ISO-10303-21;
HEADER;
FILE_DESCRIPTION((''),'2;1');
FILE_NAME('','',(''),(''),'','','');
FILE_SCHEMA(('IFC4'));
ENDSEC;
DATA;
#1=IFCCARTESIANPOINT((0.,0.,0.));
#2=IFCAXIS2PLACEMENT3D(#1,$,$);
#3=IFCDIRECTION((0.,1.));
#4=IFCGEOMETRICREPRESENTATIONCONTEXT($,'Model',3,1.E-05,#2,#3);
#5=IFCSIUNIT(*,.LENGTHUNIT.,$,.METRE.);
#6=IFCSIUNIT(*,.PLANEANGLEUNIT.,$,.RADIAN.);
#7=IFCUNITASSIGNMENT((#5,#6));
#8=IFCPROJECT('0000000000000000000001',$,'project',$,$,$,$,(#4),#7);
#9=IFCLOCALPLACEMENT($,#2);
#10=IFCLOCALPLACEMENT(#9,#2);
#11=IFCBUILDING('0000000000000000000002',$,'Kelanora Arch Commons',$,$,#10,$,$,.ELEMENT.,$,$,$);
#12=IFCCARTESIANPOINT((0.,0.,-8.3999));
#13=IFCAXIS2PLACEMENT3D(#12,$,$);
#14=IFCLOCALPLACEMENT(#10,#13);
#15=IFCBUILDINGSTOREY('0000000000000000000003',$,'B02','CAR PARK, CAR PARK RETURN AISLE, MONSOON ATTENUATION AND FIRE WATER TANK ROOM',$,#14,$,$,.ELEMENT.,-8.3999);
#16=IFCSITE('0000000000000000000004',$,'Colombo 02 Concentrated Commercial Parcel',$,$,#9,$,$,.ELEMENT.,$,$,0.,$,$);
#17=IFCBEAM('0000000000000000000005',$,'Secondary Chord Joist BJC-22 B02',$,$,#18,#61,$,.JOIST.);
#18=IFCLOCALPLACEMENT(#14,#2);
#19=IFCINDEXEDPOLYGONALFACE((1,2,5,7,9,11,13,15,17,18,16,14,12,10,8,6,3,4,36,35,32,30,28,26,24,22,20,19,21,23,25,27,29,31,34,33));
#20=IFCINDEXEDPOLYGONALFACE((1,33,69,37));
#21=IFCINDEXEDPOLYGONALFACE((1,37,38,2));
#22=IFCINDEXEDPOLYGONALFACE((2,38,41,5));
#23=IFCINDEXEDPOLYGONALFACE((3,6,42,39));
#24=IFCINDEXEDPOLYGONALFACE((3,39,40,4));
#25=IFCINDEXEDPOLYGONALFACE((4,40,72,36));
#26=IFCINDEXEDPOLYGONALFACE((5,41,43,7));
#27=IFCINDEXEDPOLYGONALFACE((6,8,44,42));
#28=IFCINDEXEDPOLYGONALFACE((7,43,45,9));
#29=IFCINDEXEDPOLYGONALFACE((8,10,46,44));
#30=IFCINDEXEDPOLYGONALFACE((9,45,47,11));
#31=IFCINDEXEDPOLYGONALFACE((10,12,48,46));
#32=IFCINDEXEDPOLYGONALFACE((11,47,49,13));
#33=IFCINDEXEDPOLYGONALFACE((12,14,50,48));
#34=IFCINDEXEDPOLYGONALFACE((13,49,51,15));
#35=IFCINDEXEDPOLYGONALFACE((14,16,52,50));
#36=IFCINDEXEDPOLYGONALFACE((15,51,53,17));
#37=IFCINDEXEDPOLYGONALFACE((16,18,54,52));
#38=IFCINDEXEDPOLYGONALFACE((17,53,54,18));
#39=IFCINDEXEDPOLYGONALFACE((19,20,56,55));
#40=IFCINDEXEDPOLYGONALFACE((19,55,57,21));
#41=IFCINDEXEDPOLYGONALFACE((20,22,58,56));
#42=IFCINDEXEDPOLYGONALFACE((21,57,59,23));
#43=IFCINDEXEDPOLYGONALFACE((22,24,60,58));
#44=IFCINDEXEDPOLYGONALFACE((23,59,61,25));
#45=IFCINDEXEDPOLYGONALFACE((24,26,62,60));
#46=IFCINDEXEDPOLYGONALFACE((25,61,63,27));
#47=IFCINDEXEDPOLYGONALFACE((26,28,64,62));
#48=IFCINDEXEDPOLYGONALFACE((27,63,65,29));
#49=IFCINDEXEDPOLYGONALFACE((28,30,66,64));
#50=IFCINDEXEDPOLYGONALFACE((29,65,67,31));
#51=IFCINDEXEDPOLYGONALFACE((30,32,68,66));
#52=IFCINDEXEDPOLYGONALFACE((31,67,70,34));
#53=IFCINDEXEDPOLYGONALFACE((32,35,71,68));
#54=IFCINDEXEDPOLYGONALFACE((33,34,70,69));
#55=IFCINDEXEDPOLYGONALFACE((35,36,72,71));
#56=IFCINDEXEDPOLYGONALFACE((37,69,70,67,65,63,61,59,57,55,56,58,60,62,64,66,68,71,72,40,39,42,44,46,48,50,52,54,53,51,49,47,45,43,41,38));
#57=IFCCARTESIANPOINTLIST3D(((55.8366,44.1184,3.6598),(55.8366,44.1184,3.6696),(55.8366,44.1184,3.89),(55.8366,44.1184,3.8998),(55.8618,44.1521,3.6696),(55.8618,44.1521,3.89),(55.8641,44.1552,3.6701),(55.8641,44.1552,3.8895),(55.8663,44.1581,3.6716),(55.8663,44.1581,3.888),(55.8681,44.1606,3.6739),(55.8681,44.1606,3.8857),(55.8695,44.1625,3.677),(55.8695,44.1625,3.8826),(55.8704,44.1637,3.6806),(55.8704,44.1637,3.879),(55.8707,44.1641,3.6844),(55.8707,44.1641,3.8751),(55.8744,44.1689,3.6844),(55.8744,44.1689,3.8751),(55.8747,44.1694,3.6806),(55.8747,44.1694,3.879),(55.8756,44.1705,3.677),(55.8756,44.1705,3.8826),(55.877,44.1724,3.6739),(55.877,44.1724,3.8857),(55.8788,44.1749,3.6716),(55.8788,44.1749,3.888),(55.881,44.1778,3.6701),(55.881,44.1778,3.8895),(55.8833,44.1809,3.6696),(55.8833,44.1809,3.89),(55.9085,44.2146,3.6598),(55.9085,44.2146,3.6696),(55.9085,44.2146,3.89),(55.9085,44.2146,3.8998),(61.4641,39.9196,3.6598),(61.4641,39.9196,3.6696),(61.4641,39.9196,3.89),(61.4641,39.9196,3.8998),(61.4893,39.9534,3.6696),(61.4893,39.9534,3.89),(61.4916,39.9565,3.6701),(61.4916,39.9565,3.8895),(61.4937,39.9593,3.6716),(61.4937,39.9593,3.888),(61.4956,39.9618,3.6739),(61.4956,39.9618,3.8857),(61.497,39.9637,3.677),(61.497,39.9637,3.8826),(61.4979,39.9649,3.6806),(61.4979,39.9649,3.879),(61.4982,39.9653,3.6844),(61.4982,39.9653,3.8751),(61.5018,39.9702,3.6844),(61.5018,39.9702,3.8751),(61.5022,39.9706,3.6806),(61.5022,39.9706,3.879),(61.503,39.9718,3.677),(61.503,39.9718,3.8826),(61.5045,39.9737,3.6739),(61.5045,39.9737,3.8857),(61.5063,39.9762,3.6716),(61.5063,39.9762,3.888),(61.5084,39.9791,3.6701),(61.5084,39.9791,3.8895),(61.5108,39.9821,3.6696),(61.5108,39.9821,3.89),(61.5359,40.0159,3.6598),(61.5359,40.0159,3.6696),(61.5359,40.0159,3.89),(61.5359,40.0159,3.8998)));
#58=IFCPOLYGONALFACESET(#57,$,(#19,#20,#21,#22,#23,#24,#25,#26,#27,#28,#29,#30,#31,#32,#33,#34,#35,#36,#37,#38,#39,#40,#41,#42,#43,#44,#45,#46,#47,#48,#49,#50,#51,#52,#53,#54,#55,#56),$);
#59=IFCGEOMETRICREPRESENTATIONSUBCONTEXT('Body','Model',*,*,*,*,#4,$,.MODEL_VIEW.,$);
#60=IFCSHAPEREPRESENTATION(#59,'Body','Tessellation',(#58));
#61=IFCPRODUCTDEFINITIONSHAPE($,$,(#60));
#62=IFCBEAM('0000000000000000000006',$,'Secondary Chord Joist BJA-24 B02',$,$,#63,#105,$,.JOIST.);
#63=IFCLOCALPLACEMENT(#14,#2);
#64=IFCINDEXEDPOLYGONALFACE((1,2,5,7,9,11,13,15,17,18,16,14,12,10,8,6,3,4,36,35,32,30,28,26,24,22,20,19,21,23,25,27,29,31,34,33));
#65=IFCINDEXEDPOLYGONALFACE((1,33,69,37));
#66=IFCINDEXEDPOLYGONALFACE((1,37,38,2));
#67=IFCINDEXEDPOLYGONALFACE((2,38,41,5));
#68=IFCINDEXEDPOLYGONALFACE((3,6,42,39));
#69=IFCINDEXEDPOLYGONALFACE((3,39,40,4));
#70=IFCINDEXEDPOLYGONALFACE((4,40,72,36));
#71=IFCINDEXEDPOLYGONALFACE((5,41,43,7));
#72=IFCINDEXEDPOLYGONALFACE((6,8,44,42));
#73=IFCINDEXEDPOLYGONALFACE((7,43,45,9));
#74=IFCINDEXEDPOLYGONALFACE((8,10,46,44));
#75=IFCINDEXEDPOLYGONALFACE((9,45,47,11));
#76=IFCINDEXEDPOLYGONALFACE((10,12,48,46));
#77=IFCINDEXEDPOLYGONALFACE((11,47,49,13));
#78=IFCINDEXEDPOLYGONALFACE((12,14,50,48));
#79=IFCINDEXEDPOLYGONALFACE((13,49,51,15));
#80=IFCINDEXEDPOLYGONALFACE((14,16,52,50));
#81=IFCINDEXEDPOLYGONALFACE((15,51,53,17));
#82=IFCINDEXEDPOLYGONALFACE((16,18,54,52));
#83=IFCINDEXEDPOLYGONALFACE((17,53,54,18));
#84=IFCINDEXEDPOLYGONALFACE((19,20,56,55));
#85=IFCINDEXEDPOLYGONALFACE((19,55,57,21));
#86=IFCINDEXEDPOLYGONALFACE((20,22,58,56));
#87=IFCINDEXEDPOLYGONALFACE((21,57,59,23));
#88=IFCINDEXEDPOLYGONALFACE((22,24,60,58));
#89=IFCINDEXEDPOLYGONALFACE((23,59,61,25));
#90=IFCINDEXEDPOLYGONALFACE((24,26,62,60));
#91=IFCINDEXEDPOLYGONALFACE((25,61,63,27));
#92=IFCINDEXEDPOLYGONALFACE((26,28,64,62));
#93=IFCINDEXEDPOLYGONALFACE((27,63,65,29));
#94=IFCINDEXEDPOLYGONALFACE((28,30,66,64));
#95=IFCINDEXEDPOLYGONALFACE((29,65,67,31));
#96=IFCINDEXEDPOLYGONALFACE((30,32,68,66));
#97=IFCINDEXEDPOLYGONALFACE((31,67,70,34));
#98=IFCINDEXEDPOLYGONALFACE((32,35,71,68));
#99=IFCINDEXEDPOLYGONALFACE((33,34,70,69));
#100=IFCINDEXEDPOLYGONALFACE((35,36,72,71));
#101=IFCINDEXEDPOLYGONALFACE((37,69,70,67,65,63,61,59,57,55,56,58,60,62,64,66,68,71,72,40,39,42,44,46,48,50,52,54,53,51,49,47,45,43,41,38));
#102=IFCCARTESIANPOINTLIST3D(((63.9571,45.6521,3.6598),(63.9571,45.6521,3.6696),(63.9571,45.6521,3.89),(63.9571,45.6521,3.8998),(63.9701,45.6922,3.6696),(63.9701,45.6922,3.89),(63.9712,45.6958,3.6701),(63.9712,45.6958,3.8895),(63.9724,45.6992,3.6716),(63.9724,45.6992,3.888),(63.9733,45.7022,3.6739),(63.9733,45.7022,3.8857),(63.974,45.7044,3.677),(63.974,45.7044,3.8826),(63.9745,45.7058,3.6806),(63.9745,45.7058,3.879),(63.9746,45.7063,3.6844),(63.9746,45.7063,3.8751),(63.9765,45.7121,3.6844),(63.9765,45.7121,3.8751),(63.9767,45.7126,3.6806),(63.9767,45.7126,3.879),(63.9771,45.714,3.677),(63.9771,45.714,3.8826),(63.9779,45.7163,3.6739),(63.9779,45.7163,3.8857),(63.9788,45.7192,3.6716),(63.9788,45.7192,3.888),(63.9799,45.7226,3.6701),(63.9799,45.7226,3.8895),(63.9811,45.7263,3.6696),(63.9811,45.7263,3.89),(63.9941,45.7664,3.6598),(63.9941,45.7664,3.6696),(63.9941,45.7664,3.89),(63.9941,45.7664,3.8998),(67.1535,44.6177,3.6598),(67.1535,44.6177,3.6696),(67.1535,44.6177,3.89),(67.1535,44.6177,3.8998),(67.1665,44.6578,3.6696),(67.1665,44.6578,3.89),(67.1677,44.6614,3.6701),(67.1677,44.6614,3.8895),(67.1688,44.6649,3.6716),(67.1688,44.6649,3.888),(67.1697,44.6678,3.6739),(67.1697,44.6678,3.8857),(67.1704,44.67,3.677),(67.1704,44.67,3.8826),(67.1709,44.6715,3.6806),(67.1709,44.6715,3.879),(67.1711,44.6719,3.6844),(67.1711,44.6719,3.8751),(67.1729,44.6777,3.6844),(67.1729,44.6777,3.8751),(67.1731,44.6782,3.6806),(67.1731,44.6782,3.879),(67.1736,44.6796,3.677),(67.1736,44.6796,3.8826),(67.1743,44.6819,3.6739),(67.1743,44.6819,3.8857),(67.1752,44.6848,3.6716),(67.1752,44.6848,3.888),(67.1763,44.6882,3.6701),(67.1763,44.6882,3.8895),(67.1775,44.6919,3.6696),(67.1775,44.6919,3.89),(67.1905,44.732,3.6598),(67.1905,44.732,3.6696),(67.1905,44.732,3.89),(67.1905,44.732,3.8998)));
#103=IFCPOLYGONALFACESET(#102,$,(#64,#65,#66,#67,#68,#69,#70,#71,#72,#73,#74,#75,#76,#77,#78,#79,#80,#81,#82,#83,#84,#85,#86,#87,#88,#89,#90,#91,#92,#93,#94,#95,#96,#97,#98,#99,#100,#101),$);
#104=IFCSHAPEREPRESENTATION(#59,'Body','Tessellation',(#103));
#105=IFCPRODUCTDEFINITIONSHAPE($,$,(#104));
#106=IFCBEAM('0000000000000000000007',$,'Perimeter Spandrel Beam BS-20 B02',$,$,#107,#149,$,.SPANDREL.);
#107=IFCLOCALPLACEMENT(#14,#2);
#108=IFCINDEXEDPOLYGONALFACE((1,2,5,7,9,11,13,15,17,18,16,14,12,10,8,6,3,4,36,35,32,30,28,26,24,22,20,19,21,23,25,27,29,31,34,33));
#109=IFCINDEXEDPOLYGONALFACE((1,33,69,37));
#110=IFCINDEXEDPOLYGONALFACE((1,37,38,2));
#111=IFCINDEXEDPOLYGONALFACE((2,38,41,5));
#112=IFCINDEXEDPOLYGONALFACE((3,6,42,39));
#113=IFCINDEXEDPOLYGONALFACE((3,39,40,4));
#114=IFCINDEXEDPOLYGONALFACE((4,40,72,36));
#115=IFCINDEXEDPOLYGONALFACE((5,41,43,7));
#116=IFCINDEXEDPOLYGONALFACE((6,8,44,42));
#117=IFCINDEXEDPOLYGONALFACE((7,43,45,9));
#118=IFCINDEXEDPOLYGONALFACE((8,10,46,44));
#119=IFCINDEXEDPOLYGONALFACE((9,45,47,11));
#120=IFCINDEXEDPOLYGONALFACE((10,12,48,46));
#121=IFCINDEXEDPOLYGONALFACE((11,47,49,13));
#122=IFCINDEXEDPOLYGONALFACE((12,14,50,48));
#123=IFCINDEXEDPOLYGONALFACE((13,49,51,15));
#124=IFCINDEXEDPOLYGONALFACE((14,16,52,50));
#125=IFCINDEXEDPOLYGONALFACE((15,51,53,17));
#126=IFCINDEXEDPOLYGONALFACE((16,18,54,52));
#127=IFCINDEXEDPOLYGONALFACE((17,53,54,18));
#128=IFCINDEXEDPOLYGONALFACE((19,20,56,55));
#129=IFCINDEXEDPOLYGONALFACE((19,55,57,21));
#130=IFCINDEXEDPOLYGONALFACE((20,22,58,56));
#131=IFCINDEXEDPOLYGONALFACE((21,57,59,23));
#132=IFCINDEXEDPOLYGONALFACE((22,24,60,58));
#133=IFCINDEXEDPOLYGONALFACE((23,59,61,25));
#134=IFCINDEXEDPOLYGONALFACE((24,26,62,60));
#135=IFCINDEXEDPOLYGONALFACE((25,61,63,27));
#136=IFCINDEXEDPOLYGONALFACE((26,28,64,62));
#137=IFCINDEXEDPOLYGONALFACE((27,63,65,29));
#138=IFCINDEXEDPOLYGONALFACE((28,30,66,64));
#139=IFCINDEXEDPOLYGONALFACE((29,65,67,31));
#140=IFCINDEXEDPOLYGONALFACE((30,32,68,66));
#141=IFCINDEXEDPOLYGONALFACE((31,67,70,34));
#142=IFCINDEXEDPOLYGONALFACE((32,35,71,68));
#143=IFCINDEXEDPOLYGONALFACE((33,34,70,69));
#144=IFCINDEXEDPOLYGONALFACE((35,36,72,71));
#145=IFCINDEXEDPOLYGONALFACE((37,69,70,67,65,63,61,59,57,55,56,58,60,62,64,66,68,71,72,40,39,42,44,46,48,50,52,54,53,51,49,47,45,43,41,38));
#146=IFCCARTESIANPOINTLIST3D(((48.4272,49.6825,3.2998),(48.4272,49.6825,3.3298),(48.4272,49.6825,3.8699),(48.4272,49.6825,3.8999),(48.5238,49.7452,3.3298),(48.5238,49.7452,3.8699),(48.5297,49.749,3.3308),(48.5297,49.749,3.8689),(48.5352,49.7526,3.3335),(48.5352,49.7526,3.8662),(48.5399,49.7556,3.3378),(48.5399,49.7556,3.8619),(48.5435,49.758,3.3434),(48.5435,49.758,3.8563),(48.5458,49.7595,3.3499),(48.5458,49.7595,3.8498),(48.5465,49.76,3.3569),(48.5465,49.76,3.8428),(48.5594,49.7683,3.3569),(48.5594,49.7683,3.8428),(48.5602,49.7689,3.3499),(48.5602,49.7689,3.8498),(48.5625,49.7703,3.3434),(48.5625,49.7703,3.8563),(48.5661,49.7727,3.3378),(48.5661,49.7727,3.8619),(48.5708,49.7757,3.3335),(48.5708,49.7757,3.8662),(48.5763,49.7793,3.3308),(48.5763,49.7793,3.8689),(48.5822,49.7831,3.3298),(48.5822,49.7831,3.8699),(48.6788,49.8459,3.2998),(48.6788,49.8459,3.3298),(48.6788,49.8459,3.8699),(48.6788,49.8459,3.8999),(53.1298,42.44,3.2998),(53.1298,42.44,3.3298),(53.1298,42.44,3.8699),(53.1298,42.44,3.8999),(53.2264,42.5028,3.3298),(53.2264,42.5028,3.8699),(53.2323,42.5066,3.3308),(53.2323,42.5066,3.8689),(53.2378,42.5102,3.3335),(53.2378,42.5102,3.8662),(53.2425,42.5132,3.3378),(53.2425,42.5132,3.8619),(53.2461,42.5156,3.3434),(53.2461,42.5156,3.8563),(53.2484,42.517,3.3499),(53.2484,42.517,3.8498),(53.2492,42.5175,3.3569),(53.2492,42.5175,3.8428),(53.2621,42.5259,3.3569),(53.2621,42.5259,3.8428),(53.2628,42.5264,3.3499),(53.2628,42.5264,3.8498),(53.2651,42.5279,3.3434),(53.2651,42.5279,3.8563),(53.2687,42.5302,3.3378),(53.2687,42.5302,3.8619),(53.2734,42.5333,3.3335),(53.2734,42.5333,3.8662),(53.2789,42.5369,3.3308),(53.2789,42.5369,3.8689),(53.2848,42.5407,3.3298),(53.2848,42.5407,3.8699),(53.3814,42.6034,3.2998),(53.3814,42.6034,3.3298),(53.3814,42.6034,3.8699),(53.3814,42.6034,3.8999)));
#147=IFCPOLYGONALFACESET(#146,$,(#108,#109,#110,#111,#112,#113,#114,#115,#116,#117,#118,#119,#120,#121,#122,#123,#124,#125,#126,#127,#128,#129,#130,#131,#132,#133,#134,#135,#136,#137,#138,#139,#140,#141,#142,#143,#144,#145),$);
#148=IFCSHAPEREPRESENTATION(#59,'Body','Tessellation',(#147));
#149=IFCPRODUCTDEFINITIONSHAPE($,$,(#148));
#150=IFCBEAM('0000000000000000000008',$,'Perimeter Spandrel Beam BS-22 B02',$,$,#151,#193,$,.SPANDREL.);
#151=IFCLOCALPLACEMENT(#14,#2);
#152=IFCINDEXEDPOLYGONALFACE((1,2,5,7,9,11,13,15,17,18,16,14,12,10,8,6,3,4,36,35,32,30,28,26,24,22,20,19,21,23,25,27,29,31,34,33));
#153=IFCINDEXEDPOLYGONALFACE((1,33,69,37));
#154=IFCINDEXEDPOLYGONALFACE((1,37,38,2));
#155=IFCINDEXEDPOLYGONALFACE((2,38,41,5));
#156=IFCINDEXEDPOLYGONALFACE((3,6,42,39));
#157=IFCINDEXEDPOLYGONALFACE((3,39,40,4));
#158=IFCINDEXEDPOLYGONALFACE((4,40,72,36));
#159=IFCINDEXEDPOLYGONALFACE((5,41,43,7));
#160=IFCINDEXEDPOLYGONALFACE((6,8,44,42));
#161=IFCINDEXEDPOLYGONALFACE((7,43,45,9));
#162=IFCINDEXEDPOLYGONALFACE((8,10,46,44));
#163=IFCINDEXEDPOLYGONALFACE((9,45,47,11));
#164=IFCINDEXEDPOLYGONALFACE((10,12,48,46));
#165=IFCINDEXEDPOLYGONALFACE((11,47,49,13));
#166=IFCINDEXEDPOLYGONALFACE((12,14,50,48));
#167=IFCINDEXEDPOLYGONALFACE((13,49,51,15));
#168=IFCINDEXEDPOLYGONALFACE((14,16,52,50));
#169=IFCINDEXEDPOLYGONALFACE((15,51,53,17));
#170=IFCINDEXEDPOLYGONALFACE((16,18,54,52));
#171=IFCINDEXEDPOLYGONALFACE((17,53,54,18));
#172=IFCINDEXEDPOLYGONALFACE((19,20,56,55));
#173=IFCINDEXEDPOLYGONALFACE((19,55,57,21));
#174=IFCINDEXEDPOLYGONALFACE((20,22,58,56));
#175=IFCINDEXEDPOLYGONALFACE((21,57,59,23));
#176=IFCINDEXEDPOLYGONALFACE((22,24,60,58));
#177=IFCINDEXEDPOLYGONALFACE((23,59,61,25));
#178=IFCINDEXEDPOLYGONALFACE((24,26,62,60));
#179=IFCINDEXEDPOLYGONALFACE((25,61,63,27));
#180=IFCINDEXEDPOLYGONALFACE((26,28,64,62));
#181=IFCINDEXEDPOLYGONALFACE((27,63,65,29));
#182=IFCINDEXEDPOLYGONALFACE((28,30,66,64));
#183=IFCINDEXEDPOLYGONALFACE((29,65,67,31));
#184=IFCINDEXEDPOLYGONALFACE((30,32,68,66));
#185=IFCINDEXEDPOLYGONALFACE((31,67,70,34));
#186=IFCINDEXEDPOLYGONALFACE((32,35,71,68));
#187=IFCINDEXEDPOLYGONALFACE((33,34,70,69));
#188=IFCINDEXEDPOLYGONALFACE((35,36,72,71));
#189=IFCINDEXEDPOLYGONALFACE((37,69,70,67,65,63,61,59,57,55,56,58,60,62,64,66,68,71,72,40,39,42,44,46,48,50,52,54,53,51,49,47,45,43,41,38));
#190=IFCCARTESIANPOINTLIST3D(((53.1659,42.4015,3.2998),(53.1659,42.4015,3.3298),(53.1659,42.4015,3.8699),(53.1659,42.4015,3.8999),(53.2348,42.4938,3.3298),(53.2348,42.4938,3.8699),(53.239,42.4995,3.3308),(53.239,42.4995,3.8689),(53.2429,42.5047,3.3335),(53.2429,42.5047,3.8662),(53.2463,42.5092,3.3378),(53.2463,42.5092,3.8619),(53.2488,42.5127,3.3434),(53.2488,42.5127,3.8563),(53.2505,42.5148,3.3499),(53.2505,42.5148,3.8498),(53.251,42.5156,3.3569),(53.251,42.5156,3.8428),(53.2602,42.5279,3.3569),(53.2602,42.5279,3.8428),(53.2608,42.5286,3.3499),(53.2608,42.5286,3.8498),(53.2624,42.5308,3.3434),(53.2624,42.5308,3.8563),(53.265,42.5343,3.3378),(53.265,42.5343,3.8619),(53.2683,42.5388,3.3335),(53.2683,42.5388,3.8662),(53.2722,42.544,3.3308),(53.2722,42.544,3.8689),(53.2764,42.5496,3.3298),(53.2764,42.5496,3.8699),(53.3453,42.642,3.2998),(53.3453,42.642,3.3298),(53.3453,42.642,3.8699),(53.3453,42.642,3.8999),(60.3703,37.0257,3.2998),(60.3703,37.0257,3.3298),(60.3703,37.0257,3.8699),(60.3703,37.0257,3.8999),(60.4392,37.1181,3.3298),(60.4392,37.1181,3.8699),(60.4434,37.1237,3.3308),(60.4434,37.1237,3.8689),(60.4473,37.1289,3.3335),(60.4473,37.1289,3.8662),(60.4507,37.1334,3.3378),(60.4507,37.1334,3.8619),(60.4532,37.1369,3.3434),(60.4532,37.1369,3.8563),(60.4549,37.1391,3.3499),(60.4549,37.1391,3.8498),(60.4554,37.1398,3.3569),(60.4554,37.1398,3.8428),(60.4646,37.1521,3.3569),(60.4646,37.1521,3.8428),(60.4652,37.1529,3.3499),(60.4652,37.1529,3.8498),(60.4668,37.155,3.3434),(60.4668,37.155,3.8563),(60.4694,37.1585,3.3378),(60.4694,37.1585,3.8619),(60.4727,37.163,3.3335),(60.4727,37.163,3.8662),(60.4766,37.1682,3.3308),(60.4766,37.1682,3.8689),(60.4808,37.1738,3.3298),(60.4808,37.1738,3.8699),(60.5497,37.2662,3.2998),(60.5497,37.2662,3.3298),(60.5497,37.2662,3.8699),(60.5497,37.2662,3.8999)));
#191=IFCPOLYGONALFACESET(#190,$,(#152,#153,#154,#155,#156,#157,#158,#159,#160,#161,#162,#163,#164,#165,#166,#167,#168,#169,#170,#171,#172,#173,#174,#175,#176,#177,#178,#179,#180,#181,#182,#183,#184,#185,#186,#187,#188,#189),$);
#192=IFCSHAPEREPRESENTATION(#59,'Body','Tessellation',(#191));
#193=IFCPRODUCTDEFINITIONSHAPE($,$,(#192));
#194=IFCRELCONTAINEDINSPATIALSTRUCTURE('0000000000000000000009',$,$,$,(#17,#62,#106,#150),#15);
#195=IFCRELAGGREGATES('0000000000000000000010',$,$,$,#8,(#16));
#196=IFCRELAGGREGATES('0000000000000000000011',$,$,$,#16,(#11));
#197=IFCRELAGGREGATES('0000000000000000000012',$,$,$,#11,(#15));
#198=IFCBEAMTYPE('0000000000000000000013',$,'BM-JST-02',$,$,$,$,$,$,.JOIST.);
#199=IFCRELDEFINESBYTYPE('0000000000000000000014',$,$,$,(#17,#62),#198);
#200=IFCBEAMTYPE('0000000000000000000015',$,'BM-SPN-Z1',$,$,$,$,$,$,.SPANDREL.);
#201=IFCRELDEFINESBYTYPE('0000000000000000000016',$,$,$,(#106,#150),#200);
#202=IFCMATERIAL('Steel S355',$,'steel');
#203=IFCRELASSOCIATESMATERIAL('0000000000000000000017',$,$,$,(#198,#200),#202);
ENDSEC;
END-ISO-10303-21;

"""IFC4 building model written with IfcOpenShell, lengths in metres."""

from ifc_helpers import new_model, si_unit, direction, frame, origin, origin_2d, place, context, subcontext, project, spatial, i_section, extrude, material, material_profile, profile_set, type_object, element, save


model = new_model("IFC4")

# Units and contexts
model_context = context("Model", 3, precision=1e-05, world=origin(), true_north=direction((0.0, 1.0)))
body_context = subcontext(model_context, "Body", "Model", "MODEL_VIEW")
ifc_project = project(units=[si_unit("LENGTHUNIT", "METRE"), si_unit("PLANEANGLEUNIT", "RADIAN")], contexts=[model_context])

# Site, building, storey
site_placement = place(None, origin())
site = spatial("IfcSite", under=ifc_project, at=site_placement, Name="Colombo 02 Concentrated Commercial Parcel", CompositionType="ELEMENT", RefElevation=0.0)
building_placement = place(site_placement, origin())
building = spatial("IfcBuilding", under=site, at=building_placement, Name="Kelanora Arch Commons", CompositionType="ELEMENT")
storey_placement = place(building_placement, frame((0.0, 0.0, -8.3999)))
storey = spatial("IfcBuildingStorey", under=building, at=storey_placement, Name="B02", Description="CAR PARK, CAR PARK RETURN AISLE, MONSOON ATTENUATION AND FIRE WATER TANK ROOM", CompositionType="ELEMENT", Elevation=-8.3999)

# Beams
ifc_material_1 = material(Name="Steel S355", Category="steel")
ifc_material_profile_1 = material_profile(ifc_material_1, i_section(OverallWidth=0.1201, OverallDepth=0.24, WebThickness=0.0061, FlangeThickness=0.0098, FilletRadius=0.0149, at=origin_2d()), Name="IPE240")
ifc_profile_set_1 = profile_set([ifc_material_profile_1], Name="Steel S355")
beam_type_1 = type_object("IfcBeamType", Name="BM-JST-02", PredefinedType="JOIST", material=ifc_profile_set_1)
beam_1_placement = place(storey_placement, frame((55.8726, 44.1665, 3.7798), z_axis=(0.801491, -0.598006, 0.0), x_axis=(0.598006, 0.801491, 0.0)))
element("IfcBeam", 1, at=beam_1_placement, inside=storey, type_object=beam_type_1, Name="Secondary Chord Joist BJC-22 B02", PredefinedType="JOIST", context=body_context, shape_type="SweptSolid", body=[
    extrude(i_section(OverallWidth=0.1201, OverallDepth=0.24, WebThickness=0.0061, FlangeThickness=0.0098, FilletRadius=0.0149, at=origin_2d()), origin(), (0.0, 0.0, 1.0), 7.0212),
])
beam_2_placement = place(storey_placement, frame((63.9756, 45.7092, 3.7798), z_axis=(0.951423, -0.307888, 0.0), x_axis=(0.307888, 0.951423, 0.0)))
element("IfcBeam", 2, at=beam_2_placement, inside=storey, type_object=beam_type_1, Name="Secondary Chord Joist BJA-24 B02", PredefinedType="JOIST", context=body_context, shape_type="SweptSolid", body=[
    extrude(i_section(OverallWidth=0.1201, OverallDepth=0.24, WebThickness=0.0061, FlangeThickness=0.0098, FilletRadius=0.0149, at=origin_2d()), origin(), (0.0, 0.0, 1.0), 3.3596),
])
ifc_material_profile_2 = material_profile(ifc_material_1, i_section(OverallWidth=0.3, OverallDepth=0.6001, WebThickness=0.0154, FlangeThickness=0.03, FilletRadius=0.0271, at=origin_2d()), Name="HEB600")
ifc_profile_set_2 = profile_set([ifc_material_profile_2], Name="Steel S355")
beam_type_2 = type_object("IfcBeamType", Name="BM-SPN-Z1", PredefinedType="SPANDREL", material=ifc_profile_set_2)
beam_3_placement = place(storey_placement, frame((48.553, 49.7642, 3.5999), z_axis=(0.544586, -0.838705, 0.0), x_axis=(0.838705, 0.544586, 0.0)))
element("IfcBeam", 3, at=beam_3_placement, inside=storey, type_object=beam_type_2, Name="Perimeter Spandrel Beam BS-20 B02", PredefinedType="SPANDREL", context=body_context, shape_type="SweptSolid", body=[
    extrude(i_section(OverallWidth=0.3, OverallDepth=0.6001, WebThickness=0.0154, FlangeThickness=0.03, FilletRadius=0.0271, at=origin_2d()), origin(), (0.0, 0.0, 1.0), 8.6353),
])
beam_4_placement = place(storey_placement, frame((53.2556, 42.5217, 3.5999), z_axis=(0.801468, -0.598038, 0.0), x_axis=(0.598038, 0.801468, 0.0)))
element("IfcBeam", 4, at=beam_4_placement, inside=storey, type_object=beam_type_2, Name="Perimeter Spandrel Beam BS-22 B02", PredefinedType="SPANDREL", context=body_context, shape_type="SweptSolid", body=[
    extrude(i_section(OverallWidth=0.3, OverallDepth=0.6001, WebThickness=0.0154, FlangeThickness=0.03, FilletRadius=0.0271, at=origin_2d()), origin(), (0.0, 0.0, 1.0), 8.989),
])

save(model, "model.ifc")
